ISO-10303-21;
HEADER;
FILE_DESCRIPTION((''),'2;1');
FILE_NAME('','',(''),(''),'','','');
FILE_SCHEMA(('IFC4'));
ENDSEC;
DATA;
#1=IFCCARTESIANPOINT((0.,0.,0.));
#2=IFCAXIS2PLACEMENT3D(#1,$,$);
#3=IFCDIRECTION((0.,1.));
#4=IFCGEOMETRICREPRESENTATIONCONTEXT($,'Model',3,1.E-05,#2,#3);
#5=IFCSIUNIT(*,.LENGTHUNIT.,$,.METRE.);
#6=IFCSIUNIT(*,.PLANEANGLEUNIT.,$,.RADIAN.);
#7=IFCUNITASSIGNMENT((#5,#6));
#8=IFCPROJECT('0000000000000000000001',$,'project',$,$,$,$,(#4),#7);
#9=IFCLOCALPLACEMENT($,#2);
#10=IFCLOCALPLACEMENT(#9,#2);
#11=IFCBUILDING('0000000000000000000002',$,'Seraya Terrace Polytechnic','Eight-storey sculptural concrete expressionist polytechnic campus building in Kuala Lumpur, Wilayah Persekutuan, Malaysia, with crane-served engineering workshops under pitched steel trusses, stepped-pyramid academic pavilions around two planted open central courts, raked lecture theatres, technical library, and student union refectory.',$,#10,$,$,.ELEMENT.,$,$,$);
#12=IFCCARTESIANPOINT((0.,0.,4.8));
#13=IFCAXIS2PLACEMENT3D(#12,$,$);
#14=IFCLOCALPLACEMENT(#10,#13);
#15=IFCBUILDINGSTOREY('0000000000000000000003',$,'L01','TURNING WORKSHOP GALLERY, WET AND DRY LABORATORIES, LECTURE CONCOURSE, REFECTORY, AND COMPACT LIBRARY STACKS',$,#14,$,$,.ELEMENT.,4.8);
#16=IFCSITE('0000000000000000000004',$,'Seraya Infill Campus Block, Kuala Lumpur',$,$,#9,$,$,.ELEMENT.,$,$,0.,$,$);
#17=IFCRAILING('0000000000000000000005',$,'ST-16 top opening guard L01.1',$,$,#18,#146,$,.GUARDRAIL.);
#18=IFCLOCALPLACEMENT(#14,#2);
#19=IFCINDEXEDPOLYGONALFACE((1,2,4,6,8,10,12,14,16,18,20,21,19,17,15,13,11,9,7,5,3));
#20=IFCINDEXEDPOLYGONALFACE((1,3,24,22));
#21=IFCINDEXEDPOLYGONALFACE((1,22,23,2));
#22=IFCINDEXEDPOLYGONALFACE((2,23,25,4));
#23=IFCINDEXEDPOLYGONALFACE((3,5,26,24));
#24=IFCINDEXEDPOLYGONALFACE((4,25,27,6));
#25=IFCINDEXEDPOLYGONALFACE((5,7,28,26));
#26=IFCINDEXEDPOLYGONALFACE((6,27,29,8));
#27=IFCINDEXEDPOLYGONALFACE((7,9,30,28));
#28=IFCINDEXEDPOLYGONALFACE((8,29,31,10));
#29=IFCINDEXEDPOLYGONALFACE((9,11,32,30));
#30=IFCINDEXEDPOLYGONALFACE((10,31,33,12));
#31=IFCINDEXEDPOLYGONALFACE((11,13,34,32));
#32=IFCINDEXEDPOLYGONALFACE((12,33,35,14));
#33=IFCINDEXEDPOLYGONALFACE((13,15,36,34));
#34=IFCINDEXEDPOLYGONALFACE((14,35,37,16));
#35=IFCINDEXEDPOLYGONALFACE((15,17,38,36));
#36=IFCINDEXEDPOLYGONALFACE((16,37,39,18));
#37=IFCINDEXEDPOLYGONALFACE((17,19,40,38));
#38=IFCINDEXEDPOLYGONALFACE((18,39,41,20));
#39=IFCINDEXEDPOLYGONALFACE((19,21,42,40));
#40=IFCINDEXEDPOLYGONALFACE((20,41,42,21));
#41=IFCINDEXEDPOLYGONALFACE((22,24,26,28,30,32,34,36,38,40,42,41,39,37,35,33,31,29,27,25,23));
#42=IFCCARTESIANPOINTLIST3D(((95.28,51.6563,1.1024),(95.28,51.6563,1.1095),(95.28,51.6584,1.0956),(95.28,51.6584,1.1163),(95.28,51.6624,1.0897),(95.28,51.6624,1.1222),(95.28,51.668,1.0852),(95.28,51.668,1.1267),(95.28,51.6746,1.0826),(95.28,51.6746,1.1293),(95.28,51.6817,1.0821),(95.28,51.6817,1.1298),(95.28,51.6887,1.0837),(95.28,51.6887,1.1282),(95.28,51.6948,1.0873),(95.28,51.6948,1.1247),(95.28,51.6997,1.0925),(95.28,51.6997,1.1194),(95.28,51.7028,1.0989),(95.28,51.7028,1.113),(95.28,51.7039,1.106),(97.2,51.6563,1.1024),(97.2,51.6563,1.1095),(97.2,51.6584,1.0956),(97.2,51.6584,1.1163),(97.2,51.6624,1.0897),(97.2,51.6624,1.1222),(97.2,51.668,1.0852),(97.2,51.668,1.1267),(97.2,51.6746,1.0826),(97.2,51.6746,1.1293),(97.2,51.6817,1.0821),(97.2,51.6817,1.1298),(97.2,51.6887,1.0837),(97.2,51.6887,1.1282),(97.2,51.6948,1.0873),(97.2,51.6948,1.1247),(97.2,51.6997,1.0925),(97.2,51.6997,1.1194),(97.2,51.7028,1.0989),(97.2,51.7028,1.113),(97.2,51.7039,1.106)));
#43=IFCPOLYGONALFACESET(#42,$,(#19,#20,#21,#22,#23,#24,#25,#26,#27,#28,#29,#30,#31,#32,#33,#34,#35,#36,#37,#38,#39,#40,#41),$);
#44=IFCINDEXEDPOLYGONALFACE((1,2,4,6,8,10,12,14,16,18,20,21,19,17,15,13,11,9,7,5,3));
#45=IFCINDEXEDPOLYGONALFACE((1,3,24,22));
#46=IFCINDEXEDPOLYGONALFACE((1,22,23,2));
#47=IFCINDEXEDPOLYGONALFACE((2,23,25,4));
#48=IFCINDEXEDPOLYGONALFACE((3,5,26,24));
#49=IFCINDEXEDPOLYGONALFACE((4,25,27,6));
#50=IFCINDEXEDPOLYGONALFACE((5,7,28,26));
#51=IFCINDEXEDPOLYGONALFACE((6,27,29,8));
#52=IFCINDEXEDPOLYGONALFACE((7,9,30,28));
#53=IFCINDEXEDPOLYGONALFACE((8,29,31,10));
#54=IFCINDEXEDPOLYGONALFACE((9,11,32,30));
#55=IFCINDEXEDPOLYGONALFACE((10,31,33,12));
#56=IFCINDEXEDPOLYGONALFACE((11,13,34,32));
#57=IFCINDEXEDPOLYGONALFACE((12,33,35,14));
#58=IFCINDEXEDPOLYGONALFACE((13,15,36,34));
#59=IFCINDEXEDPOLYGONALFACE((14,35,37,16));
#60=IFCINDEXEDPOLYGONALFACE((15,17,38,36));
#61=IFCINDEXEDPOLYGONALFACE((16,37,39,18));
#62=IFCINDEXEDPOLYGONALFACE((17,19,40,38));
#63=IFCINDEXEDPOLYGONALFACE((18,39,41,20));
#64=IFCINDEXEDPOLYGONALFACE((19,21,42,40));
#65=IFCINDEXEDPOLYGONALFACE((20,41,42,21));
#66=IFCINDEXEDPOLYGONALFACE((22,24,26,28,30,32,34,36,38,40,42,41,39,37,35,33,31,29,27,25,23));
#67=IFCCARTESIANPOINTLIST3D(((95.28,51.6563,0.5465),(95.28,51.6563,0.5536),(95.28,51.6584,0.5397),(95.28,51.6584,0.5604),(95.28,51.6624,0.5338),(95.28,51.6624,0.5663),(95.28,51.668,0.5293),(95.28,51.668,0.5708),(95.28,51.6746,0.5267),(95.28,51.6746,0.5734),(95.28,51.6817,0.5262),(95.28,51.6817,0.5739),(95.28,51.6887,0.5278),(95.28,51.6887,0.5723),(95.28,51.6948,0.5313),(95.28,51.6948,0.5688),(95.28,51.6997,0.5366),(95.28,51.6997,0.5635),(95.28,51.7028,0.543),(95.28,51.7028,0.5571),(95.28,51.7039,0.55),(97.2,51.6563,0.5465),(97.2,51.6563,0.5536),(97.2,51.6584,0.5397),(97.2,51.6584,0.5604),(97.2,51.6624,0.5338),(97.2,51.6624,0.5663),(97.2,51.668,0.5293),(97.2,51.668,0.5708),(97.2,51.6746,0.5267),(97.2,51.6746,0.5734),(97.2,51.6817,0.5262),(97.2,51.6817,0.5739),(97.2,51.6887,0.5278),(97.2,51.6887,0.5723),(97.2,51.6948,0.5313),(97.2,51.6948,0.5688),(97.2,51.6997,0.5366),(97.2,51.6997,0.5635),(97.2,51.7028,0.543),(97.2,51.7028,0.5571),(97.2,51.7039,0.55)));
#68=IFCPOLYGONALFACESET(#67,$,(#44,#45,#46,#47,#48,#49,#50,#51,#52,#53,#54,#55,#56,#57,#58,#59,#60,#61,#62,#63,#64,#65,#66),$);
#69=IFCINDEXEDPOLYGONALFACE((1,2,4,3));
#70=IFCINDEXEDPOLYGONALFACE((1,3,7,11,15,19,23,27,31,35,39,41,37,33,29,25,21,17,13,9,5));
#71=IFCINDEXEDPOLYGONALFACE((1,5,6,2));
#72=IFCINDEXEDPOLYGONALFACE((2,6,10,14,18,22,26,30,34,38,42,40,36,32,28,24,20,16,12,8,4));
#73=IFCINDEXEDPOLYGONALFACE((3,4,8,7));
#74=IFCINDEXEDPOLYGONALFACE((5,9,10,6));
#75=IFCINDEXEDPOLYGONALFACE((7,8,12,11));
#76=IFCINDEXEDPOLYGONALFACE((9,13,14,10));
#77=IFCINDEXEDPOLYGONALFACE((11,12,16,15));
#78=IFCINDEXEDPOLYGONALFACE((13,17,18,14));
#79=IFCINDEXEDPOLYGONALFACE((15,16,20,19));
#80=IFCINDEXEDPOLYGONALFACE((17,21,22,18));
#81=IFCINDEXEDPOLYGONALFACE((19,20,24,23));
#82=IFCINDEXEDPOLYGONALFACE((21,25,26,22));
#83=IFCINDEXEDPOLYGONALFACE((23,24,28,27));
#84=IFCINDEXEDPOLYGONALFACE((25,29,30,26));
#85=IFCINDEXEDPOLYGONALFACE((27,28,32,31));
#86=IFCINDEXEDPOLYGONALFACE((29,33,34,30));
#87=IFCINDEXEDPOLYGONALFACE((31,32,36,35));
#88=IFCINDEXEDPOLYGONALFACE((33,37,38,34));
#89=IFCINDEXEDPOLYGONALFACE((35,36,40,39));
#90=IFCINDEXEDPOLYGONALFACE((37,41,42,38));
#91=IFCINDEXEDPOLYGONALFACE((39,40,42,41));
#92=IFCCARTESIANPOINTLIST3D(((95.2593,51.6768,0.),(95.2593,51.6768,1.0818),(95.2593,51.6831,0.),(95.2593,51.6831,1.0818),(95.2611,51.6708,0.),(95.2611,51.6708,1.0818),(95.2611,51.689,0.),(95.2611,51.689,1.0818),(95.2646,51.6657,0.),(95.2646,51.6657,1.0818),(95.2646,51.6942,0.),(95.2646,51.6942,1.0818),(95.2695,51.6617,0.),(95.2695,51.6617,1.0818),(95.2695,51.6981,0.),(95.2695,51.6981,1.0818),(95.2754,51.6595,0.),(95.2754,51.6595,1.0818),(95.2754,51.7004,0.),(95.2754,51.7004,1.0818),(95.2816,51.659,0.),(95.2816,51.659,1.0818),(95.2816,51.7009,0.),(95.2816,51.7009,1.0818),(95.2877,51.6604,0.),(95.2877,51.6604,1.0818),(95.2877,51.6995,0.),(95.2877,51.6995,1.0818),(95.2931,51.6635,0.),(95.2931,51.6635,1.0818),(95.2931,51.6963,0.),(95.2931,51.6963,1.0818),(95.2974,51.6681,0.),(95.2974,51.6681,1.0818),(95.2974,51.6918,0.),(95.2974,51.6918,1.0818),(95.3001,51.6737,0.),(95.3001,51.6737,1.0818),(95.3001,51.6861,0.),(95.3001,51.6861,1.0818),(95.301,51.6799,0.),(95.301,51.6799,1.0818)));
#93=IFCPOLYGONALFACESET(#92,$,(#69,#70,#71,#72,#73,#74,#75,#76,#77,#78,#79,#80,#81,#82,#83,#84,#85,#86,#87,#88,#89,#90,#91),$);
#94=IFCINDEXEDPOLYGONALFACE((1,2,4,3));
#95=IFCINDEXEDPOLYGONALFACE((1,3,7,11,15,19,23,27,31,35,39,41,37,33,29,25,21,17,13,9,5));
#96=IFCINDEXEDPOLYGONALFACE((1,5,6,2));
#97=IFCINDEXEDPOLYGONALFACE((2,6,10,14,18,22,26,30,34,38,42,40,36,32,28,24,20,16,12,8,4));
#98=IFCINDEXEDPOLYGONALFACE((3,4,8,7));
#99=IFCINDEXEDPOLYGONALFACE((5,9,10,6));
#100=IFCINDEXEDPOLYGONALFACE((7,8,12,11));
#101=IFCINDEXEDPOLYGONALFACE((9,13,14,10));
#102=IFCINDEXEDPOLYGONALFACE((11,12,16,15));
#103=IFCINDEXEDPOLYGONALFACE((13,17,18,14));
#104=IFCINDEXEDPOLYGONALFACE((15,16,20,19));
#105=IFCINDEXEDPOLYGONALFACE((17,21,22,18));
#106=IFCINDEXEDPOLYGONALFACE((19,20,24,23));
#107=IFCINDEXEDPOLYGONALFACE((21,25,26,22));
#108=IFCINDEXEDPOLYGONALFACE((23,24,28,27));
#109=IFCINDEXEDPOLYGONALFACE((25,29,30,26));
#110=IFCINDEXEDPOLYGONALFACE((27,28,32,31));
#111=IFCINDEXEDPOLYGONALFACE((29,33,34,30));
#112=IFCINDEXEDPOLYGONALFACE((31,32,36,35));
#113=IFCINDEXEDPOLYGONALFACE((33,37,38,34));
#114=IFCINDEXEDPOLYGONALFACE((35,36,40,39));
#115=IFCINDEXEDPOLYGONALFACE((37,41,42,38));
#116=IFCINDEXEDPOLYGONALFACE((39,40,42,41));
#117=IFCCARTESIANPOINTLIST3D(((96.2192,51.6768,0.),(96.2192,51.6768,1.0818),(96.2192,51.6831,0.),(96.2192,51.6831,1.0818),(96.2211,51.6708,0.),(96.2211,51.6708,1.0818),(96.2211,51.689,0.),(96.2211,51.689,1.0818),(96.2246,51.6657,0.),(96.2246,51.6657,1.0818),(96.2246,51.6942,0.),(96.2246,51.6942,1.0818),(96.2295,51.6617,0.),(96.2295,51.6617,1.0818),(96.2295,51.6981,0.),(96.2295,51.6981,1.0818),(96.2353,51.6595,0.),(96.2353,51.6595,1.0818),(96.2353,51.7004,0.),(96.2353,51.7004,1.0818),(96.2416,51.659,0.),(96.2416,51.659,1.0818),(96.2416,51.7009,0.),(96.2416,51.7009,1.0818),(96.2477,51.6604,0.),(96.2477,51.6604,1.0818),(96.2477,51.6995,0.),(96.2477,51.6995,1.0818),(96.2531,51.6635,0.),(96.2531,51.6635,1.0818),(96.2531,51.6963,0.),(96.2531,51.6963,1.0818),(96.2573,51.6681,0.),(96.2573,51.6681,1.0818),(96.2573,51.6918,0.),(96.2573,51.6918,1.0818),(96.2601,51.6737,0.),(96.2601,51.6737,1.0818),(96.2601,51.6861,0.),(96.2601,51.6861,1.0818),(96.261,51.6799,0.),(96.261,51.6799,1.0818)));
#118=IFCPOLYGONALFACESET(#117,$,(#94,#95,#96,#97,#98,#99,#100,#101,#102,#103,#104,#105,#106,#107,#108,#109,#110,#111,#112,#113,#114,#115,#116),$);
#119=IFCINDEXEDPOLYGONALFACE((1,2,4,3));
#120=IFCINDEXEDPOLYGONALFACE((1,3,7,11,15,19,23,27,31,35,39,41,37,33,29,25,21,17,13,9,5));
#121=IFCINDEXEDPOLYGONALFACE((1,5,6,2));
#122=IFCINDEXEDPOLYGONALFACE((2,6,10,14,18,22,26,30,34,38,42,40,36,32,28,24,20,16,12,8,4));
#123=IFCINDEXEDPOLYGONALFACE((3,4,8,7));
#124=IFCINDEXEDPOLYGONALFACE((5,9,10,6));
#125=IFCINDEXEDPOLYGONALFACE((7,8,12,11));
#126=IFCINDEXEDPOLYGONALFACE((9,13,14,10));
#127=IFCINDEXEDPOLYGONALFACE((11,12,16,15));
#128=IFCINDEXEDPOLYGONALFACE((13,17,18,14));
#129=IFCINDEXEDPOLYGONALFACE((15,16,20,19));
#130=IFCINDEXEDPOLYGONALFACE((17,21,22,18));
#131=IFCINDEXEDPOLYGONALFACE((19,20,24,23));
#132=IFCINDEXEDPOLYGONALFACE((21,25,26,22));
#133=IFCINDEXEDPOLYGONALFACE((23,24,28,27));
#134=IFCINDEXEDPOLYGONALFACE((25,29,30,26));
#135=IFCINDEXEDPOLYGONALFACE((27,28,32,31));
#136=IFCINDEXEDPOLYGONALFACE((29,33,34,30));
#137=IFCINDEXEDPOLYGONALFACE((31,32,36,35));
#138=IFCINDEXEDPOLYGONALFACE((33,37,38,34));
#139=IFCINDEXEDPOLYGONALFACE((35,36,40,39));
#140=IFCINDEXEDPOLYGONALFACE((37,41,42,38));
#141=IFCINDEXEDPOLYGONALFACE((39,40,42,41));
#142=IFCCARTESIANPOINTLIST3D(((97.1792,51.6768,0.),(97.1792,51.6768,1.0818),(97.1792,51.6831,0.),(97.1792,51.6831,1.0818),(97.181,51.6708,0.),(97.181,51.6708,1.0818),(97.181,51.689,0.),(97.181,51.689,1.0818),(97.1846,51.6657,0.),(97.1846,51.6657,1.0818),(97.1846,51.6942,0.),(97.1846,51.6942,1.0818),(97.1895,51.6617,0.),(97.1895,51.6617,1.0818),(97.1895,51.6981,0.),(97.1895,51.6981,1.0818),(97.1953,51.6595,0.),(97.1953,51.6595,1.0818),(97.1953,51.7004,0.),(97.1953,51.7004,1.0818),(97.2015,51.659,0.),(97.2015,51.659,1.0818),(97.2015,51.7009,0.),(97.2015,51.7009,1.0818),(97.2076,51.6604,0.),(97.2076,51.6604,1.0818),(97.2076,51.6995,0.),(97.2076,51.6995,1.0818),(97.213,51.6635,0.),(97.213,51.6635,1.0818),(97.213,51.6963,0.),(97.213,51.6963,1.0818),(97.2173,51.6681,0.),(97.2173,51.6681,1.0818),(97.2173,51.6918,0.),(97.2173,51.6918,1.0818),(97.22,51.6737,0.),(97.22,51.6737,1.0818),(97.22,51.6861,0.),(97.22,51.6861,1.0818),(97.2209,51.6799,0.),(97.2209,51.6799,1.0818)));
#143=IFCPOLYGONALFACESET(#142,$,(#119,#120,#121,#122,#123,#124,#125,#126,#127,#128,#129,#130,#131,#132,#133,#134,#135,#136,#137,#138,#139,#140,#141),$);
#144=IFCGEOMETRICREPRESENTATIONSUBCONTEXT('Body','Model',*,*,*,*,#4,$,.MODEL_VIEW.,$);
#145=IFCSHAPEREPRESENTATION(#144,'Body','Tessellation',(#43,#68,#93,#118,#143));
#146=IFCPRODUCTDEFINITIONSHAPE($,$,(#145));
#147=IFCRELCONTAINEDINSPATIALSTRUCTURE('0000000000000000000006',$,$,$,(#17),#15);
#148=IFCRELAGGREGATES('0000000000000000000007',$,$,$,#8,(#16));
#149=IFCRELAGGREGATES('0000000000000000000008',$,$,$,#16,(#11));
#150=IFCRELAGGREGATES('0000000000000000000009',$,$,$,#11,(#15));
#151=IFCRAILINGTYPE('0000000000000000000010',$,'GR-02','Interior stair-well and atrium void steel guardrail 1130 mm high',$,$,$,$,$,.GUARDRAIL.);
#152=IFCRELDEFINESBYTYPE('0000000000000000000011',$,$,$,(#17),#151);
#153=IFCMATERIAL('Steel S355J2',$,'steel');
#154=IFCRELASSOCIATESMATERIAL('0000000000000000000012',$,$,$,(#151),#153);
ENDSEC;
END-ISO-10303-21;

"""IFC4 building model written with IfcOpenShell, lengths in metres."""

from ifc_helpers import new_model, si_unit, direction, frame, origin, origin_2d, place, context, subcontext, project, spatial, circle, extrude, material, type_object, element, save


model = new_model("IFC4")

# Units and contexts
model_context = context("Model", 3, precision=1e-05, world=origin(), true_north=direction((0.0, 1.0)))
body_context = subcontext(model_context, "Body", "Model", "MODEL_VIEW")
ifc_project = project(units=[si_unit("LENGTHUNIT", "METRE"), si_unit("PLANEANGLEUNIT", "RADIAN")], contexts=[model_context])

# Site, building, storey
site_placement = place(None, origin())
site = spatial("IfcSite", under=ifc_project, at=site_placement, Name="Seraya Infill Campus Block, Kuala Lumpur", CompositionType="ELEMENT", RefElevation=0.0)
building_placement = place(site_placement, origin())
building = spatial("IfcBuilding", under=site, at=building_placement, Name="Seraya Terrace Polytechnic", Description="Eight-storey sculptural concrete expressionist polytechnic campus building in Kuala Lumpur, Wilayah Persekutuan, Malaysia, with crane-served engineering workshops under pitched steel trusses, stepped-pyramid academic pavilions around two planted open central courts, raked lecture theatres, technical library, and student union refectory.", CompositionType="ELEMENT")
storey_placement = place(building_placement, frame((0.0, 0.0, 4.8)))
storey = spatial("IfcBuildingStorey", under=building, at=storey_placement, Name="L01", Description="TURNING WORKSHOP GALLERY, WET AND DRY LABORATORIES, LECTURE CONCOURSE, REFECTORY, AND COMPACT LIBRARY STACKS", CompositionType="ELEMENT", Elevation=4.8)

# Railing
ifc_material_1 = material(Name="Steel S355J2", Category="steel")
railing_type_1 = type_object("IfcRailingType", Name="GR-02", Description="Interior stair-well and atrium void steel guardrail 1130 mm high", PredefinedType="GUARDRAIL", material=ifc_material_1)
railing_1_placement = place(storey_placement, frame((95.28, 51.6799, 0.0)))
element("IfcRailing", 1, at=railing_1_placement, inside=storey, type_object=railing_type_1, Name="ST-16 top opening guard L01.1", PredefinedType="GUARDRAIL", context=body_context, shape_type="SweptSolid", body=[
    extrude(circle(Radius=0.0239, at=origin_2d()), frame((0.0, 0.0, 1.106), z_axis=(1.0, 0.0, 0.0), x_axis=(0.0, 1.0, 0.0)), (0.0, 0.0, 1.0), 1.9199),
    extrude(circle(Radius=0.0239, at=origin_2d()), frame((0.0, 0.0, 0.55), z_axis=(1.0, 0.0, 0.0), x_axis=(0.0, 1.0, 0.0)), (0.0, 0.0, 1.0), 1.9199),
    extrude(circle(Radius=0.021, at=origin_2d()), origin(), (0.0, 0.0, 1.0), 1.0818),
    extrude(circle(Radius=0.021, at=origin_2d()), frame((0.96, 0.0, 0.0)), (0.0, 0.0, 1.0), 1.0818),
    extrude(circle(Radius=0.021, at=origin_2d()), frame((1.9199, 0.0, 0.0)), (0.0, 0.0, 1.0), 1.0818),
])

save(model, "model.ifc")
